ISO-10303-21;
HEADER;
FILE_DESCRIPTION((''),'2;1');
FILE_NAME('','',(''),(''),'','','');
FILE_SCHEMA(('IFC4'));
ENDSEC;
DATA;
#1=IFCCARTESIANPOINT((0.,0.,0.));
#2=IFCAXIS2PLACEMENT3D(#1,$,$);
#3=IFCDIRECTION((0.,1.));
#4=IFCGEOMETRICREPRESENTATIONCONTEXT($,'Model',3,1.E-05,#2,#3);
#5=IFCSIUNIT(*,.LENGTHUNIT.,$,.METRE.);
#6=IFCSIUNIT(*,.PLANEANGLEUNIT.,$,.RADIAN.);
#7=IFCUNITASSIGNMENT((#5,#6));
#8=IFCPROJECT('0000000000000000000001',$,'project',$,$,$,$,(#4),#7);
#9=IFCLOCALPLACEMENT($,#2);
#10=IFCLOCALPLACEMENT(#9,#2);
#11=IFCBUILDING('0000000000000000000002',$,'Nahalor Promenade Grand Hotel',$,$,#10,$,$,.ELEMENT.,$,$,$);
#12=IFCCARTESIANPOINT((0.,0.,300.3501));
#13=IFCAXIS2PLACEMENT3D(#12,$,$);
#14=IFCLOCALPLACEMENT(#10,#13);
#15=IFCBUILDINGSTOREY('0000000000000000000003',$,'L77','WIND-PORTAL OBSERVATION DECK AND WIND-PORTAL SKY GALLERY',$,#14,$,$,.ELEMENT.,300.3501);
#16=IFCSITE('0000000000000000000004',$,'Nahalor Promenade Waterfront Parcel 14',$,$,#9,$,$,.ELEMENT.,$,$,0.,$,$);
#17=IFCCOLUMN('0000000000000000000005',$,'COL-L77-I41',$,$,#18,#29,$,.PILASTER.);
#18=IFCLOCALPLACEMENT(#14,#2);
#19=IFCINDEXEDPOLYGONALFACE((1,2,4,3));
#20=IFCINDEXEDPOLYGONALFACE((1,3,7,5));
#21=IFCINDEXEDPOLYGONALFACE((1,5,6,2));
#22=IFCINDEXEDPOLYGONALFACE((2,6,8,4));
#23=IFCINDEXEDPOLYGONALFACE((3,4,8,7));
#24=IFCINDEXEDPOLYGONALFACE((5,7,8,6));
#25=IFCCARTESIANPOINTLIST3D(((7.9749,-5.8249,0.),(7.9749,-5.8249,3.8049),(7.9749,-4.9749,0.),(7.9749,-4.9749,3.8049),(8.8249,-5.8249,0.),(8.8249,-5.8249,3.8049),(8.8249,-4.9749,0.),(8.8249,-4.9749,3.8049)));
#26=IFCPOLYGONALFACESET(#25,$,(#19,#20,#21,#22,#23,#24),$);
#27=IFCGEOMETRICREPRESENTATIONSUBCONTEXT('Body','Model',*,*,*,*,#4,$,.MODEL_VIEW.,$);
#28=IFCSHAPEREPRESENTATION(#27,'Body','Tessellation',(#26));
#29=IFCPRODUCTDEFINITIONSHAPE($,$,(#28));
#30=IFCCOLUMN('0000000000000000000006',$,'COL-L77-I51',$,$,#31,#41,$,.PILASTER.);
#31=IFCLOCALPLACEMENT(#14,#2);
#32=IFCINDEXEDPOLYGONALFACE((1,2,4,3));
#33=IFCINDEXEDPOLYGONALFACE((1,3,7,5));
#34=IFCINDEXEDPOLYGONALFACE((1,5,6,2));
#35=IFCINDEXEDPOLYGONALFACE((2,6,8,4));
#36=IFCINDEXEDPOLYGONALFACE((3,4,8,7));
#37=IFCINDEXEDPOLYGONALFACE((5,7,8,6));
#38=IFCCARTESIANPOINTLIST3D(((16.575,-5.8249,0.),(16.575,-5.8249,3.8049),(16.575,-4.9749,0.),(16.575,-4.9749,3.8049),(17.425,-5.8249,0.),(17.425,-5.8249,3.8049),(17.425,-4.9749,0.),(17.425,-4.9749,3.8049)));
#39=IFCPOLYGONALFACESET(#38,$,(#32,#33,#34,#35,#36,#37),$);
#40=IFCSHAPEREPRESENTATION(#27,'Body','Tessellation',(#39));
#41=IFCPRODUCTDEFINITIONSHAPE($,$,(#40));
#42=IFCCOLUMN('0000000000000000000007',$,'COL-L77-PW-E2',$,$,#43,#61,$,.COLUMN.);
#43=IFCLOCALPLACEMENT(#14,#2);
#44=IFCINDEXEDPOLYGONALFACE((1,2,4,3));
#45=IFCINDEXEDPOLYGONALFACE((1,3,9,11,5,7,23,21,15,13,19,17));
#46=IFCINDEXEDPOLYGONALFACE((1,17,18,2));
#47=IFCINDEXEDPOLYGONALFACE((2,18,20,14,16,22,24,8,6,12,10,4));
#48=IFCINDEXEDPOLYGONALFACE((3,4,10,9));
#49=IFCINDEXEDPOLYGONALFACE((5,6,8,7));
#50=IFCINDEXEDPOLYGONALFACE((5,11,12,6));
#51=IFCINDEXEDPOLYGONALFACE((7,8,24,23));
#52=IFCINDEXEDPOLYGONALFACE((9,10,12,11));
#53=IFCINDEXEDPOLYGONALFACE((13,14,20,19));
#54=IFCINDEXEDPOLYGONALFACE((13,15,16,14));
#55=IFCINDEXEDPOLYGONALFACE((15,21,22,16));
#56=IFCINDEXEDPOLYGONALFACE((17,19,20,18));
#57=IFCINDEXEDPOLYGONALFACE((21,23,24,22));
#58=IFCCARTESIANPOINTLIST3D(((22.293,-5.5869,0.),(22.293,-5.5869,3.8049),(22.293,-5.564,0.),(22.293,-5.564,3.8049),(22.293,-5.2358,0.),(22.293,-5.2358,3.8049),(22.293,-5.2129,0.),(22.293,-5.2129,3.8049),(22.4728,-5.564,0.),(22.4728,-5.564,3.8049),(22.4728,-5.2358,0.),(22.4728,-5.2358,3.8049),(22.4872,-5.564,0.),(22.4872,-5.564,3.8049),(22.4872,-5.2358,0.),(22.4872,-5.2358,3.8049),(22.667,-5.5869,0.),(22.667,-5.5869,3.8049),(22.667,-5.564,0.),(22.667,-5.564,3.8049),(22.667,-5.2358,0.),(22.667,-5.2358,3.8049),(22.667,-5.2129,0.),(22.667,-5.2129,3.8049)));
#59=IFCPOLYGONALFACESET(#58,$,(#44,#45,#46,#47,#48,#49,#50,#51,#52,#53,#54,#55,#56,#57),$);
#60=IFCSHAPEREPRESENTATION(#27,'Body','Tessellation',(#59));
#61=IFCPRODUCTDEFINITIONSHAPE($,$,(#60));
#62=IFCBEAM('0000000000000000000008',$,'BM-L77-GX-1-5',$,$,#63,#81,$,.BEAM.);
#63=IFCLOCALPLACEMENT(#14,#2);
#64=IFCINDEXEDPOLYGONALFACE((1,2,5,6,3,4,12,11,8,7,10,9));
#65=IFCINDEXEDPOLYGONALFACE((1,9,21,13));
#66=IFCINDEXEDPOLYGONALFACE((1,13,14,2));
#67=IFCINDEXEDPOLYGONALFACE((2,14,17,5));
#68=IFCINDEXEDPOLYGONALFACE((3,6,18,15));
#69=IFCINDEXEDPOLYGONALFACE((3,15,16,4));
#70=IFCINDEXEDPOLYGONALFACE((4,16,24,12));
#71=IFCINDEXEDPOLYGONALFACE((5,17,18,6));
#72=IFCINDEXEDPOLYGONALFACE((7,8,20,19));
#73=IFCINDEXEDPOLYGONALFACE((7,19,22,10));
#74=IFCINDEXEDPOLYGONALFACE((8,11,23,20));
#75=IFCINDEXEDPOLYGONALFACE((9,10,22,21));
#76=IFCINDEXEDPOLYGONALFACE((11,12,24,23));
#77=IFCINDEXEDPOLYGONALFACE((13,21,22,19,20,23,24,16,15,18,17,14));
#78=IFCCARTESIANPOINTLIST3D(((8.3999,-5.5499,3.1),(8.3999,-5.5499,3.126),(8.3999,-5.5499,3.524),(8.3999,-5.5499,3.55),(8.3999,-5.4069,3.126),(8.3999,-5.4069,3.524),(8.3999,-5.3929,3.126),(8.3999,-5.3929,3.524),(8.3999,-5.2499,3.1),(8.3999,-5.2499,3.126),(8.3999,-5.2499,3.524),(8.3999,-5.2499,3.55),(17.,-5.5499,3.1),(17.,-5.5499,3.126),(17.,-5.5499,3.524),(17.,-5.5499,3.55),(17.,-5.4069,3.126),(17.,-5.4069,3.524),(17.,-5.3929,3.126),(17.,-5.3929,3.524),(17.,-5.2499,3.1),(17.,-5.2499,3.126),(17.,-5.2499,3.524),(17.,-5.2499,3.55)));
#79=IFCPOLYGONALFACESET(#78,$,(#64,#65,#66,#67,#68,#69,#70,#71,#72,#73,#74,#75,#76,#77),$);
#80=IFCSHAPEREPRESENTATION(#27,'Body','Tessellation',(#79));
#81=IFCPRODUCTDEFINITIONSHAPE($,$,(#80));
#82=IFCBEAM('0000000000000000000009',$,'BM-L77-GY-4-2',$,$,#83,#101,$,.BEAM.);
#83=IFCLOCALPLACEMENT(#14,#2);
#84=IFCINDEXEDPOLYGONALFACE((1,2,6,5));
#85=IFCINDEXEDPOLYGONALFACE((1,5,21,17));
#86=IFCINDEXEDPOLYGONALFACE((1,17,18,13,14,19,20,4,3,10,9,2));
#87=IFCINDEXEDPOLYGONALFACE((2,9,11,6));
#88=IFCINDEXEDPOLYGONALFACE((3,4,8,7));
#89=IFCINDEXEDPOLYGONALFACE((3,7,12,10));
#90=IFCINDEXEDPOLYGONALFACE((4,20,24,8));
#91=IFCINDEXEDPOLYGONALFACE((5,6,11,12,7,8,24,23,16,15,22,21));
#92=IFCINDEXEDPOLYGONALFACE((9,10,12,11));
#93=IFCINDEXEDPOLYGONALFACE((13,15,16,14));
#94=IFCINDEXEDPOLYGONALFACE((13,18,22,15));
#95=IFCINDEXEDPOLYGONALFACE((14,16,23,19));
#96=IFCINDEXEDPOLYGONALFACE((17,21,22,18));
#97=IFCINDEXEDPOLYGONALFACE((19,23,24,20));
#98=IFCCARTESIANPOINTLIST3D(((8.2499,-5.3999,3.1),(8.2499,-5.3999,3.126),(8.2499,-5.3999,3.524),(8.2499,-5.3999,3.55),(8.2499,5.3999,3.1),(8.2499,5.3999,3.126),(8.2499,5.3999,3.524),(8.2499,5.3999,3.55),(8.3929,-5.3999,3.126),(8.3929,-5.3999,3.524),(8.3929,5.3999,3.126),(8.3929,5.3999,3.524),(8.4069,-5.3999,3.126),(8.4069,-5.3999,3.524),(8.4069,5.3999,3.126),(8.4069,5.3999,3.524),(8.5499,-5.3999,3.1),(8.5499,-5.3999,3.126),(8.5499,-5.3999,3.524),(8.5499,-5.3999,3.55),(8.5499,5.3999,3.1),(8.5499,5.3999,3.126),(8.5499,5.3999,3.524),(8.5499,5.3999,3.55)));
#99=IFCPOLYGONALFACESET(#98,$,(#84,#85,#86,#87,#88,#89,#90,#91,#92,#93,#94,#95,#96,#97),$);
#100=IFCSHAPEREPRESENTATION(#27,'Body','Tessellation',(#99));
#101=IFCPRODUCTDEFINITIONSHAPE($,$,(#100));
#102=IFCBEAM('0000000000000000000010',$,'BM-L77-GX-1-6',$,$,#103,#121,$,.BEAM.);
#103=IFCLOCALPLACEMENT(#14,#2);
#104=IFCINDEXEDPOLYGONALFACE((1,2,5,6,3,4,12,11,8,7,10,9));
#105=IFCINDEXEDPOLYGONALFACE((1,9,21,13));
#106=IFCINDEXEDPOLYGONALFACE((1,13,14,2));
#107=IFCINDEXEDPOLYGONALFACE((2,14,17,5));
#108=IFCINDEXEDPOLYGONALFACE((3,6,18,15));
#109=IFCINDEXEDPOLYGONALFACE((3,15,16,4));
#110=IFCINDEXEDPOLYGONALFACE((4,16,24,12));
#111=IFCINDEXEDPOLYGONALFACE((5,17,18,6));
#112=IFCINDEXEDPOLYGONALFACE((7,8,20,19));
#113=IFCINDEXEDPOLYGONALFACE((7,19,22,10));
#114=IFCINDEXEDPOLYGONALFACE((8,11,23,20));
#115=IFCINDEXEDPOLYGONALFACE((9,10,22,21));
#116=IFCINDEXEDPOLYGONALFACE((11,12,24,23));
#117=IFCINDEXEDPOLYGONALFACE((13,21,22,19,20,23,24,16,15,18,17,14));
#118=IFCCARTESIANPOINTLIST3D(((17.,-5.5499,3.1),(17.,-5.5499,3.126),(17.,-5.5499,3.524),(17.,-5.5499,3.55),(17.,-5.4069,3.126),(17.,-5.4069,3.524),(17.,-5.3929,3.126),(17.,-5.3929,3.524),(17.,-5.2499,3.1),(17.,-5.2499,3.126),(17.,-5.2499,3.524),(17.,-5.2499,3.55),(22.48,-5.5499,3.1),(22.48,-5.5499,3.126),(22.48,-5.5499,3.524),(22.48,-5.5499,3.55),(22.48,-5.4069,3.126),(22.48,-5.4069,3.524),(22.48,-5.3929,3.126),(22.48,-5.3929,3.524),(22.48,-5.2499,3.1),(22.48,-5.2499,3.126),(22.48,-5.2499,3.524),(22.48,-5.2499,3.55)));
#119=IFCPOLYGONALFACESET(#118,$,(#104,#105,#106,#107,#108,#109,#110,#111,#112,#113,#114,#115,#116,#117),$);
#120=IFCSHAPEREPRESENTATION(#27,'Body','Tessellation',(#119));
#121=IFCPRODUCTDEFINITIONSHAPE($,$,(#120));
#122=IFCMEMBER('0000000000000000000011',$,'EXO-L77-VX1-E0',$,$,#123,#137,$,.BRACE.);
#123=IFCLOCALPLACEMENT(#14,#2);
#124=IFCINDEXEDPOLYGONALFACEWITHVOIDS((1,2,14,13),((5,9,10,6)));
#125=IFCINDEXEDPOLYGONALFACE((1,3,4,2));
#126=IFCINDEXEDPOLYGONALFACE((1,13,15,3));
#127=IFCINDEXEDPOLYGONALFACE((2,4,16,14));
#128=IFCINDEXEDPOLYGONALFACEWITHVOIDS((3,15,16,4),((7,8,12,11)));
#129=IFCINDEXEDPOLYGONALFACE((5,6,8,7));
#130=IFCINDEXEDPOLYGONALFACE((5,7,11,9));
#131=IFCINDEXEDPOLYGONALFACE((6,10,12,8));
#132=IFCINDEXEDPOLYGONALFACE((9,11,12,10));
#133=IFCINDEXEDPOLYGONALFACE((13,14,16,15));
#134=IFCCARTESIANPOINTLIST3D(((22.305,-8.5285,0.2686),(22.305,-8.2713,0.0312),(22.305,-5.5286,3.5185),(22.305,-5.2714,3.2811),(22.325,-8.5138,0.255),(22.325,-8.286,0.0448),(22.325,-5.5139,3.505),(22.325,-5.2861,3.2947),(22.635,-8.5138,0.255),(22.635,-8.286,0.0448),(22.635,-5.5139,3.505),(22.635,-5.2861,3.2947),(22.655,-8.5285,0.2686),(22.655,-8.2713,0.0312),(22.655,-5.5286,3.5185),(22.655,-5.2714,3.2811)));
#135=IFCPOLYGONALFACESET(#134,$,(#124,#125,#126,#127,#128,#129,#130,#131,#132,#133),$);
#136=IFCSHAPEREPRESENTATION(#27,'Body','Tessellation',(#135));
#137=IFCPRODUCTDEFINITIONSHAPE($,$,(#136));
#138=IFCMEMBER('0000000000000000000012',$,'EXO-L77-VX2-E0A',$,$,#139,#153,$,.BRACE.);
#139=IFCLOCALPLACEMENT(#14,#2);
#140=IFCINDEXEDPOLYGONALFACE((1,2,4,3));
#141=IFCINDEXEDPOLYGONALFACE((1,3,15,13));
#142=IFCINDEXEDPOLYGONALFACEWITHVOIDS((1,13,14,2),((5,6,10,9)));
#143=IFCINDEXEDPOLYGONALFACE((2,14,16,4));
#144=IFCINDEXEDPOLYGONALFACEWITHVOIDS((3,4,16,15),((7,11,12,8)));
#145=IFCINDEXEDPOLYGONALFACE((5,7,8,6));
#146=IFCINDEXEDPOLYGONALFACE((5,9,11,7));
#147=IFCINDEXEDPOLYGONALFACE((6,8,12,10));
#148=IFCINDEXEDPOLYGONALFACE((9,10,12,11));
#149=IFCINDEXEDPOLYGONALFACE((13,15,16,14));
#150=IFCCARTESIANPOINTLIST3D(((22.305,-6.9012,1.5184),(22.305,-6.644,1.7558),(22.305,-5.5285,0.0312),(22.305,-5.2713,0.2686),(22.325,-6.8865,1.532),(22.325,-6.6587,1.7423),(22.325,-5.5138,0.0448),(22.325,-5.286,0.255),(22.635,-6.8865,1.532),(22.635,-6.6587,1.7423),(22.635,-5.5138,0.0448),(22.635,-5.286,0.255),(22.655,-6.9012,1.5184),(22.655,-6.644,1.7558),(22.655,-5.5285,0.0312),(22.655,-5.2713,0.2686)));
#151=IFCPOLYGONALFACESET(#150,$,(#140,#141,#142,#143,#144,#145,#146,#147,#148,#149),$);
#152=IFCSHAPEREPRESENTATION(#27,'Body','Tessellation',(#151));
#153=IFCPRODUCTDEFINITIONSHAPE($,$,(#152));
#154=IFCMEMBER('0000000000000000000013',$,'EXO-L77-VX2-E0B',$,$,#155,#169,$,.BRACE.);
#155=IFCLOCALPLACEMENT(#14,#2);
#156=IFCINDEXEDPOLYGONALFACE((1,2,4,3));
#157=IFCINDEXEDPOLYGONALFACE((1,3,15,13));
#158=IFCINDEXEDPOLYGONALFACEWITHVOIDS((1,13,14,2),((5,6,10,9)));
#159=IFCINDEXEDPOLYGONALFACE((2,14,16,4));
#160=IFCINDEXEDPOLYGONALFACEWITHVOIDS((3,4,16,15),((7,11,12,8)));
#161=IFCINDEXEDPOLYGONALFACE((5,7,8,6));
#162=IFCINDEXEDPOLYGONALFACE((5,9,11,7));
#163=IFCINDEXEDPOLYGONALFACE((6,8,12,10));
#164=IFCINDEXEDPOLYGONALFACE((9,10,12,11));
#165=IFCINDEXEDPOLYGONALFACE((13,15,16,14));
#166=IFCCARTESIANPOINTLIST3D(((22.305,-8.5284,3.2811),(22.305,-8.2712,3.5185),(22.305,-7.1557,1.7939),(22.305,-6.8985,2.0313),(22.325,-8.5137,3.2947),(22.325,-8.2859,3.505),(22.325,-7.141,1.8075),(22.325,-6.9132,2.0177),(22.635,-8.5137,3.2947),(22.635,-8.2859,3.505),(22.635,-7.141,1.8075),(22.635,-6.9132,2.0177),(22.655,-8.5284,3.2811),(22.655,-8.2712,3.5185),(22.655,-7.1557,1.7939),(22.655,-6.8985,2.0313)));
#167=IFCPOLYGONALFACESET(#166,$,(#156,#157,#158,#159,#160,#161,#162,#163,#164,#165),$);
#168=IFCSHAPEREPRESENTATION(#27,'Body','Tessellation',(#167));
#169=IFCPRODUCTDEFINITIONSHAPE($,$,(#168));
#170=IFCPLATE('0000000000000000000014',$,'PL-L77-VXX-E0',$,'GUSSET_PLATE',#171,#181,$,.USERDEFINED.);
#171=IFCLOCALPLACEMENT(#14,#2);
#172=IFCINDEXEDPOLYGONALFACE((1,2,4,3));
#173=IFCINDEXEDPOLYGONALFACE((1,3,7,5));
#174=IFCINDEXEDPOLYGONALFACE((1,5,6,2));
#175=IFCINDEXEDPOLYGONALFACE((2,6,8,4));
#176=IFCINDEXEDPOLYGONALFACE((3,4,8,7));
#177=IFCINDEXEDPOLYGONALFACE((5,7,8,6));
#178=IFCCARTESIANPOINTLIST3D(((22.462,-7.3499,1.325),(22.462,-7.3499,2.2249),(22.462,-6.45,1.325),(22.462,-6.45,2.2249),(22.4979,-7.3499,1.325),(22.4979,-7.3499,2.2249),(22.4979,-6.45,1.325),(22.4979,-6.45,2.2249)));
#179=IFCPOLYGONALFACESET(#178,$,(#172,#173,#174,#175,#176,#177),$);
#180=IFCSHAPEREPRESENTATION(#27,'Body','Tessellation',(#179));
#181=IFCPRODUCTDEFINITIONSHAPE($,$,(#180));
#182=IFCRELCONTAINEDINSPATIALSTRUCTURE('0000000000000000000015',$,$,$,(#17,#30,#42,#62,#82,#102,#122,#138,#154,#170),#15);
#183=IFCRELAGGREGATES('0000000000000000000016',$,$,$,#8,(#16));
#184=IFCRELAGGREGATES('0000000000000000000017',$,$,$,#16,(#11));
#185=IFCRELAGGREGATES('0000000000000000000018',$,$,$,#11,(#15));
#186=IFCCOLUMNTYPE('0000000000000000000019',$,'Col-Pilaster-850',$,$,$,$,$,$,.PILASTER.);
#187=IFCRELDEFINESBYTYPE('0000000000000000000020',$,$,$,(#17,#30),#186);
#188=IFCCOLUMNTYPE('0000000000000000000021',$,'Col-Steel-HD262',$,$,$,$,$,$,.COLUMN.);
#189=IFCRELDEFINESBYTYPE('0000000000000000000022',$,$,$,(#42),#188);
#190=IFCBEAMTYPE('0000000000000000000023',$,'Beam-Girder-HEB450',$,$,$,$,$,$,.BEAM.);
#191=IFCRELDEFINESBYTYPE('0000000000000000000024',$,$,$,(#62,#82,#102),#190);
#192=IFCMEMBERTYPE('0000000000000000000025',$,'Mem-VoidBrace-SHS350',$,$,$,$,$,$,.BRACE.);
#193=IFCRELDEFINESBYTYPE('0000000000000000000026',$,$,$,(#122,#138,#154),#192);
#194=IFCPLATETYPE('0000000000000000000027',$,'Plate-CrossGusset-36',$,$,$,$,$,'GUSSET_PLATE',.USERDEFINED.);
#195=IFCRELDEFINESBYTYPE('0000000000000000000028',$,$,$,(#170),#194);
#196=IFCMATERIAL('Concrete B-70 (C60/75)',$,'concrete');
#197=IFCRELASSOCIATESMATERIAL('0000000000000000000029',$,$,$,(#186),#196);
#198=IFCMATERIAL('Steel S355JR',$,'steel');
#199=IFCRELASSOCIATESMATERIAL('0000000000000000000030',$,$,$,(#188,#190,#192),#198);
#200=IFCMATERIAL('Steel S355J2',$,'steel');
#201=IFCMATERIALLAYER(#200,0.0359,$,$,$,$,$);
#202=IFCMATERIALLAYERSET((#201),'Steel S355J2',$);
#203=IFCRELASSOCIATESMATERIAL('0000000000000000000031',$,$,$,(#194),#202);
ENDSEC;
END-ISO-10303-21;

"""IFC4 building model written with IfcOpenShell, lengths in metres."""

from ifc_helpers import new_model, si_unit, direction, frame, origin, origin_2d, place, context, subcontext, project, spatial, rectangle, hollow_rectangle, i_section, extrude, source, transform, mapped, material, layer, layer_set, material_profile, profile_set, type_object, element, save


model = new_model("IFC4")

# Units and contexts
model_context = context("Model", 3, precision=1e-05, world=origin(), true_north=direction((0.0, 1.0)))
body_context = subcontext(model_context, "Body", "Model", "MODEL_VIEW")
ifc_project = project(units=[si_unit("LENGTHUNIT", "METRE"), si_unit("PLANEANGLEUNIT", "RADIAN")], contexts=[model_context])

# Site, building, storey
site_placement = place(None, origin())
site = spatial("IfcSite", under=ifc_project, at=site_placement, Name="Nahalor Promenade Waterfront Parcel 14", CompositionType="ELEMENT", RefElevation=0.0)
building_placement = place(site_placement, origin())
building = spatial("IfcBuilding", under=site, at=building_placement, Name="Nahalor Promenade Grand Hotel", CompositionType="ELEMENT")
storey_placement = place(building_placement, frame((0.0, 0.0, 300.3501)))
storey = spatial("IfcBuildingStorey", under=building, at=storey_placement, Name="L77", Description="WIND-PORTAL OBSERVATION DECK AND WIND-PORTAL SKY GALLERY", CompositionType="ELEMENT", Elevation=300.3501)

# Columns
ifc_material_1 = material(Name="Concrete B-70 (C60/75)", Category="concrete")
ifc_material_profile_1 = material_profile(ifc_material_1, rectangle(XDim=0.85, YDim=0.85, at=origin_2d()), Name="RC 850x850")
ifc_profile_set_1 = profile_set([ifc_material_profile_1], Name="Concrete B-70 (C60/75)")
column_type_1 = type_object("IfcColumnType", Name="Col-Pilaster-850", PredefinedType="PILASTER", material=ifc_profile_set_1)
shared_shape_1 = source(origin(), body_context, "Body", "SweptSolid", [
    extrude(rectangle(XDim=0.85, YDim=0.85, at=origin_2d()), origin(), (0.0, 0.0, 1.0), 3.8049),
])
for number, where, z_axis, x_axis, name in (
    (1, (8.3999, -5.3999, 0.0), (0.0, 0.0, 1.0), (1.0, 0.0, 0.0), "COL-L77-I41"),
    (2, (17.0, -5.3999, 0.0), (0.0, 0.0, 1.0), (1.0, 0.0, 0.0), "COL-L77-I51"),
):
    element("IfcColumn", number, at=place(storey_placement, frame(where, z_axis=z_axis, x_axis=x_axis)), inside=storey, type_object=column_type_1, Name=name, PredefinedType="PILASTER", context=body_context, shape_type="MappedRepresentation", body=[
        mapped(shared_shape_1, transform((0.0, 0.0, 0.0), scale=1.0)),
    ])
ifc_material_2 = material(Name="Steel S355JR", Category="steel")
ifc_material_profile_2 = material_profile(ifc_material_2, i_section(OverallWidth=0.374, OverallDepth=0.374, WebThickness=0.0144, FlangeThickness=0.0229, at=origin_2d()), Name="HD 360x262")
ifc_profile_set_2 = profile_set([ifc_material_profile_2], Name="Steel S355JR")
column_type_2 = type_object("IfcColumnType", Name="Col-Steel-HD262", PredefinedType="COLUMN", material=ifc_profile_set_2)
shared_shape_2 = source(origin(), body_context, "Body", "SweptSolid", [
    extrude(i_section(OverallWidth=0.374, OverallDepth=0.374, WebThickness=0.0144, FlangeThickness=0.0229, at=origin_2d()), origin(), (0.0, 0.0, 1.0), 3.8049),
])
column_placement = place(storey_placement, frame((22.48, -5.3999, 0.0), z_axis=(0.0, 0.0, 1.0), x_axis=(1.0, 0.0, 0.0)))
element("IfcColumn", 3, at=column_placement, inside=storey, type_object=column_type_2, Name="COL-L77-PW-E2", PredefinedType="COLUMN", context=body_context, shape_type="MappedRepresentation", body=[
    mapped(shared_shape_2, transform((0.0, 0.0, 0.0), scale=1.0)),
])

# Beams
ifc_material_profile_3 = material_profile(ifc_material_2, i_section(OverallWidth=0.3, OverallDepth=0.45, WebThickness=0.014, FlangeThickness=0.026, at=origin_2d()), Name="HEB 450")
ifc_profile_set_3 = profile_set([ifc_material_profile_3], Name="Steel S355JR")
beam_type = type_object("IfcBeamType", Name="Beam-Girder-HEB450", PredefinedType="BEAM", material=ifc_profile_set_3)
shared_shape_3 = source(origin(), body_context, "Body", "SweptSolid", [
    extrude(i_section(OverallWidth=0.3, OverallDepth=0.45, WebThickness=0.014, FlangeThickness=0.026, at=origin_2d()), origin(), (0.0, 0.0, 1.0), 8.6001),
])
beam_1_placement = place(storey_placement, frame((8.3999, -5.3999, 3.325), z_axis=(1.0, 0.0, 0.0), x_axis=(0.0, 1.0, 0.0)))
element("IfcBeam", 4, at=beam_1_placement, inside=storey, type_object=beam_type, Name="BM-L77-GX-1-5", PredefinedType="BEAM", context=body_context, shape_type="MappedRepresentation", body=[
    mapped(shared_shape_3, transform((0.0, 0.0, 0.0), scale=1.0)),
])
shared_shape_4 = source(origin(), body_context, "Body", "SweptSolid", [
    extrude(i_section(OverallWidth=0.3, OverallDepth=0.45, WebThickness=0.014, FlangeThickness=0.026, at=origin_2d()), origin(), (0.0, 0.0, 1.0), 10.7998),
])
beam_2_placement = place(storey_placement, frame((8.3999, -5.3999, 3.325), z_axis=(0.0, 1.0, 0.0), x_axis=(-1.0, 0.0, 0.0)))
element("IfcBeam", 5, at=beam_2_placement, inside=storey, type_object=beam_type, Name="BM-L77-GY-4-2", PredefinedType="BEAM", context=body_context, shape_type="MappedRepresentation", body=[
    mapped(shared_shape_4, transform((0.0, 0.0, 0.0), scale=1.0)),
])
shared_shape_5 = source(origin(), body_context, "Body", "SweptSolid", [
    extrude(i_section(OverallWidth=0.3, OverallDepth=0.45, WebThickness=0.014, FlangeThickness=0.026, at=origin_2d()), origin(), (0.0, 0.0, 1.0), 5.48),
])
beam_3_placement = place(storey_placement, frame((17.0, -5.3999, 3.325), z_axis=(1.0, 0.0, 0.0), x_axis=(0.0, 1.0, 0.0)))
element("IfcBeam", 6, at=beam_3_placement, inside=storey, type_object=beam_type, Name="BM-L77-GX-1-6", PredefinedType="BEAM", context=body_context, shape_type="MappedRepresentation", body=[
    mapped(shared_shape_5, transform((0.0, 0.0, 0.0), scale=1.0)),
])

# Members
ifc_material_profile_4 = material_profile(ifc_material_2, hollow_rectangle(XDim=0.35, YDim=0.35, WallThickness=0.02, at=origin_2d()), Name="SHS 350x350x20")
ifc_profile_set_4 = profile_set([ifc_material_profile_4], Name="Steel S355JR")
member_type = type_object("IfcMemberType", Name="Mem-VoidBrace-SHS350", PredefinedType="BRACE", material=ifc_profile_set_4)
shared_shape_6 = source(origin(), body_context, "Body", "SweptSolid", [
    extrude(hollow_rectangle(XDim=0.35, YDim=0.35, WallThickness=0.02, at=origin_2d()), origin(), (0.0, 0.0, 1.0), 4.4229),
])
member_placement = place(storey_placement, frame((22.48, -8.3999, 0.1499), z_axis=(0.0, 0.67828, 0.734803), x_axis=(-1.0, 0.0, 0.0)))
element("IfcMember", 7, at=member_placement, inside=storey, type_object=member_type, Name="EXO-L77-VX1-E0", PredefinedType="BRACE", context=body_context, shape_type="MappedRepresentation", body=[
    mapped(shared_shape_6, transform((0.0, 0.0, 0.0), scale=1.0)),
])
shared_shape_7 = source(origin(), body_context, "Body", "SweptSolid", [
    extrude(hollow_rectangle(XDim=0.35, YDim=0.35, WallThickness=0.02, at=origin_2d()), origin(), (0.0, 0.0, 1.0), 2.0239),
])
for number, where, z_axis, x_axis, name in (
    (8, (22.48, -5.3999, 0.1499), (0.0, -0.678255, 0.734827), (1.0, 0.0, 0.0), "EXO-L77-VX2-E0A"),
    (9, (22.48, -7.0271, 1.9126), (0.0, -0.678255, 0.734827), (1.0, 0.0, 0.0), "EXO-L77-VX2-E0B"),
):
    element("IfcMember", number, at=place(storey_placement, frame(where, z_axis=z_axis, x_axis=x_axis)), inside=storey, type_object=member_type, Name=name, PredefinedType="BRACE", context=body_context, shape_type="MappedRepresentation", body=[
        mapped(shared_shape_7, transform((0.0, 0.0, 0.0), scale=1.0)),
    ])

# Plate
ifc_material_3 = material(Name="Steel S355J2", Category="steel")
ifc_layer_1 = layer(ifc_material_3, 0.0359)
ifc_layer_set_1 = layer_set([ifc_layer_1], Name="Steel S355J2")
plate_type = type_object("IfcPlateType", Name="Plate-CrossGusset-36", ElementType="GUSSET_PLATE", PredefinedType="USERDEFINED", material=ifc_layer_set_1)
shared_shape_8 = source(origin(), body_context, "Body", "SweptSolid", [
    extrude(rectangle(XDim=0.8999, YDim=0.0359, at=origin_2d()), origin(), (0.0, 0.0, 1.0), 0.8999),
])
plate_placement = place(storey_placement, frame((22.48, -6.8999, 1.325), z_axis=(0.0, 0.0, 1.0), x_axis=(0.0, 1.0, 0.0)))
element("IfcPlate", 10, at=plate_placement, inside=storey, type_object=plate_type, Name="PL-L77-VXX-E0", ObjectType="GUSSET_PLATE", PredefinedType="USERDEFINED", context=body_context, shape_type="MappedRepresentation", body=[
    mapped(shared_shape_8, transform((0.0, 0.0, 0.0), scale=1.0)),
])

save(model, "model.ifc")
